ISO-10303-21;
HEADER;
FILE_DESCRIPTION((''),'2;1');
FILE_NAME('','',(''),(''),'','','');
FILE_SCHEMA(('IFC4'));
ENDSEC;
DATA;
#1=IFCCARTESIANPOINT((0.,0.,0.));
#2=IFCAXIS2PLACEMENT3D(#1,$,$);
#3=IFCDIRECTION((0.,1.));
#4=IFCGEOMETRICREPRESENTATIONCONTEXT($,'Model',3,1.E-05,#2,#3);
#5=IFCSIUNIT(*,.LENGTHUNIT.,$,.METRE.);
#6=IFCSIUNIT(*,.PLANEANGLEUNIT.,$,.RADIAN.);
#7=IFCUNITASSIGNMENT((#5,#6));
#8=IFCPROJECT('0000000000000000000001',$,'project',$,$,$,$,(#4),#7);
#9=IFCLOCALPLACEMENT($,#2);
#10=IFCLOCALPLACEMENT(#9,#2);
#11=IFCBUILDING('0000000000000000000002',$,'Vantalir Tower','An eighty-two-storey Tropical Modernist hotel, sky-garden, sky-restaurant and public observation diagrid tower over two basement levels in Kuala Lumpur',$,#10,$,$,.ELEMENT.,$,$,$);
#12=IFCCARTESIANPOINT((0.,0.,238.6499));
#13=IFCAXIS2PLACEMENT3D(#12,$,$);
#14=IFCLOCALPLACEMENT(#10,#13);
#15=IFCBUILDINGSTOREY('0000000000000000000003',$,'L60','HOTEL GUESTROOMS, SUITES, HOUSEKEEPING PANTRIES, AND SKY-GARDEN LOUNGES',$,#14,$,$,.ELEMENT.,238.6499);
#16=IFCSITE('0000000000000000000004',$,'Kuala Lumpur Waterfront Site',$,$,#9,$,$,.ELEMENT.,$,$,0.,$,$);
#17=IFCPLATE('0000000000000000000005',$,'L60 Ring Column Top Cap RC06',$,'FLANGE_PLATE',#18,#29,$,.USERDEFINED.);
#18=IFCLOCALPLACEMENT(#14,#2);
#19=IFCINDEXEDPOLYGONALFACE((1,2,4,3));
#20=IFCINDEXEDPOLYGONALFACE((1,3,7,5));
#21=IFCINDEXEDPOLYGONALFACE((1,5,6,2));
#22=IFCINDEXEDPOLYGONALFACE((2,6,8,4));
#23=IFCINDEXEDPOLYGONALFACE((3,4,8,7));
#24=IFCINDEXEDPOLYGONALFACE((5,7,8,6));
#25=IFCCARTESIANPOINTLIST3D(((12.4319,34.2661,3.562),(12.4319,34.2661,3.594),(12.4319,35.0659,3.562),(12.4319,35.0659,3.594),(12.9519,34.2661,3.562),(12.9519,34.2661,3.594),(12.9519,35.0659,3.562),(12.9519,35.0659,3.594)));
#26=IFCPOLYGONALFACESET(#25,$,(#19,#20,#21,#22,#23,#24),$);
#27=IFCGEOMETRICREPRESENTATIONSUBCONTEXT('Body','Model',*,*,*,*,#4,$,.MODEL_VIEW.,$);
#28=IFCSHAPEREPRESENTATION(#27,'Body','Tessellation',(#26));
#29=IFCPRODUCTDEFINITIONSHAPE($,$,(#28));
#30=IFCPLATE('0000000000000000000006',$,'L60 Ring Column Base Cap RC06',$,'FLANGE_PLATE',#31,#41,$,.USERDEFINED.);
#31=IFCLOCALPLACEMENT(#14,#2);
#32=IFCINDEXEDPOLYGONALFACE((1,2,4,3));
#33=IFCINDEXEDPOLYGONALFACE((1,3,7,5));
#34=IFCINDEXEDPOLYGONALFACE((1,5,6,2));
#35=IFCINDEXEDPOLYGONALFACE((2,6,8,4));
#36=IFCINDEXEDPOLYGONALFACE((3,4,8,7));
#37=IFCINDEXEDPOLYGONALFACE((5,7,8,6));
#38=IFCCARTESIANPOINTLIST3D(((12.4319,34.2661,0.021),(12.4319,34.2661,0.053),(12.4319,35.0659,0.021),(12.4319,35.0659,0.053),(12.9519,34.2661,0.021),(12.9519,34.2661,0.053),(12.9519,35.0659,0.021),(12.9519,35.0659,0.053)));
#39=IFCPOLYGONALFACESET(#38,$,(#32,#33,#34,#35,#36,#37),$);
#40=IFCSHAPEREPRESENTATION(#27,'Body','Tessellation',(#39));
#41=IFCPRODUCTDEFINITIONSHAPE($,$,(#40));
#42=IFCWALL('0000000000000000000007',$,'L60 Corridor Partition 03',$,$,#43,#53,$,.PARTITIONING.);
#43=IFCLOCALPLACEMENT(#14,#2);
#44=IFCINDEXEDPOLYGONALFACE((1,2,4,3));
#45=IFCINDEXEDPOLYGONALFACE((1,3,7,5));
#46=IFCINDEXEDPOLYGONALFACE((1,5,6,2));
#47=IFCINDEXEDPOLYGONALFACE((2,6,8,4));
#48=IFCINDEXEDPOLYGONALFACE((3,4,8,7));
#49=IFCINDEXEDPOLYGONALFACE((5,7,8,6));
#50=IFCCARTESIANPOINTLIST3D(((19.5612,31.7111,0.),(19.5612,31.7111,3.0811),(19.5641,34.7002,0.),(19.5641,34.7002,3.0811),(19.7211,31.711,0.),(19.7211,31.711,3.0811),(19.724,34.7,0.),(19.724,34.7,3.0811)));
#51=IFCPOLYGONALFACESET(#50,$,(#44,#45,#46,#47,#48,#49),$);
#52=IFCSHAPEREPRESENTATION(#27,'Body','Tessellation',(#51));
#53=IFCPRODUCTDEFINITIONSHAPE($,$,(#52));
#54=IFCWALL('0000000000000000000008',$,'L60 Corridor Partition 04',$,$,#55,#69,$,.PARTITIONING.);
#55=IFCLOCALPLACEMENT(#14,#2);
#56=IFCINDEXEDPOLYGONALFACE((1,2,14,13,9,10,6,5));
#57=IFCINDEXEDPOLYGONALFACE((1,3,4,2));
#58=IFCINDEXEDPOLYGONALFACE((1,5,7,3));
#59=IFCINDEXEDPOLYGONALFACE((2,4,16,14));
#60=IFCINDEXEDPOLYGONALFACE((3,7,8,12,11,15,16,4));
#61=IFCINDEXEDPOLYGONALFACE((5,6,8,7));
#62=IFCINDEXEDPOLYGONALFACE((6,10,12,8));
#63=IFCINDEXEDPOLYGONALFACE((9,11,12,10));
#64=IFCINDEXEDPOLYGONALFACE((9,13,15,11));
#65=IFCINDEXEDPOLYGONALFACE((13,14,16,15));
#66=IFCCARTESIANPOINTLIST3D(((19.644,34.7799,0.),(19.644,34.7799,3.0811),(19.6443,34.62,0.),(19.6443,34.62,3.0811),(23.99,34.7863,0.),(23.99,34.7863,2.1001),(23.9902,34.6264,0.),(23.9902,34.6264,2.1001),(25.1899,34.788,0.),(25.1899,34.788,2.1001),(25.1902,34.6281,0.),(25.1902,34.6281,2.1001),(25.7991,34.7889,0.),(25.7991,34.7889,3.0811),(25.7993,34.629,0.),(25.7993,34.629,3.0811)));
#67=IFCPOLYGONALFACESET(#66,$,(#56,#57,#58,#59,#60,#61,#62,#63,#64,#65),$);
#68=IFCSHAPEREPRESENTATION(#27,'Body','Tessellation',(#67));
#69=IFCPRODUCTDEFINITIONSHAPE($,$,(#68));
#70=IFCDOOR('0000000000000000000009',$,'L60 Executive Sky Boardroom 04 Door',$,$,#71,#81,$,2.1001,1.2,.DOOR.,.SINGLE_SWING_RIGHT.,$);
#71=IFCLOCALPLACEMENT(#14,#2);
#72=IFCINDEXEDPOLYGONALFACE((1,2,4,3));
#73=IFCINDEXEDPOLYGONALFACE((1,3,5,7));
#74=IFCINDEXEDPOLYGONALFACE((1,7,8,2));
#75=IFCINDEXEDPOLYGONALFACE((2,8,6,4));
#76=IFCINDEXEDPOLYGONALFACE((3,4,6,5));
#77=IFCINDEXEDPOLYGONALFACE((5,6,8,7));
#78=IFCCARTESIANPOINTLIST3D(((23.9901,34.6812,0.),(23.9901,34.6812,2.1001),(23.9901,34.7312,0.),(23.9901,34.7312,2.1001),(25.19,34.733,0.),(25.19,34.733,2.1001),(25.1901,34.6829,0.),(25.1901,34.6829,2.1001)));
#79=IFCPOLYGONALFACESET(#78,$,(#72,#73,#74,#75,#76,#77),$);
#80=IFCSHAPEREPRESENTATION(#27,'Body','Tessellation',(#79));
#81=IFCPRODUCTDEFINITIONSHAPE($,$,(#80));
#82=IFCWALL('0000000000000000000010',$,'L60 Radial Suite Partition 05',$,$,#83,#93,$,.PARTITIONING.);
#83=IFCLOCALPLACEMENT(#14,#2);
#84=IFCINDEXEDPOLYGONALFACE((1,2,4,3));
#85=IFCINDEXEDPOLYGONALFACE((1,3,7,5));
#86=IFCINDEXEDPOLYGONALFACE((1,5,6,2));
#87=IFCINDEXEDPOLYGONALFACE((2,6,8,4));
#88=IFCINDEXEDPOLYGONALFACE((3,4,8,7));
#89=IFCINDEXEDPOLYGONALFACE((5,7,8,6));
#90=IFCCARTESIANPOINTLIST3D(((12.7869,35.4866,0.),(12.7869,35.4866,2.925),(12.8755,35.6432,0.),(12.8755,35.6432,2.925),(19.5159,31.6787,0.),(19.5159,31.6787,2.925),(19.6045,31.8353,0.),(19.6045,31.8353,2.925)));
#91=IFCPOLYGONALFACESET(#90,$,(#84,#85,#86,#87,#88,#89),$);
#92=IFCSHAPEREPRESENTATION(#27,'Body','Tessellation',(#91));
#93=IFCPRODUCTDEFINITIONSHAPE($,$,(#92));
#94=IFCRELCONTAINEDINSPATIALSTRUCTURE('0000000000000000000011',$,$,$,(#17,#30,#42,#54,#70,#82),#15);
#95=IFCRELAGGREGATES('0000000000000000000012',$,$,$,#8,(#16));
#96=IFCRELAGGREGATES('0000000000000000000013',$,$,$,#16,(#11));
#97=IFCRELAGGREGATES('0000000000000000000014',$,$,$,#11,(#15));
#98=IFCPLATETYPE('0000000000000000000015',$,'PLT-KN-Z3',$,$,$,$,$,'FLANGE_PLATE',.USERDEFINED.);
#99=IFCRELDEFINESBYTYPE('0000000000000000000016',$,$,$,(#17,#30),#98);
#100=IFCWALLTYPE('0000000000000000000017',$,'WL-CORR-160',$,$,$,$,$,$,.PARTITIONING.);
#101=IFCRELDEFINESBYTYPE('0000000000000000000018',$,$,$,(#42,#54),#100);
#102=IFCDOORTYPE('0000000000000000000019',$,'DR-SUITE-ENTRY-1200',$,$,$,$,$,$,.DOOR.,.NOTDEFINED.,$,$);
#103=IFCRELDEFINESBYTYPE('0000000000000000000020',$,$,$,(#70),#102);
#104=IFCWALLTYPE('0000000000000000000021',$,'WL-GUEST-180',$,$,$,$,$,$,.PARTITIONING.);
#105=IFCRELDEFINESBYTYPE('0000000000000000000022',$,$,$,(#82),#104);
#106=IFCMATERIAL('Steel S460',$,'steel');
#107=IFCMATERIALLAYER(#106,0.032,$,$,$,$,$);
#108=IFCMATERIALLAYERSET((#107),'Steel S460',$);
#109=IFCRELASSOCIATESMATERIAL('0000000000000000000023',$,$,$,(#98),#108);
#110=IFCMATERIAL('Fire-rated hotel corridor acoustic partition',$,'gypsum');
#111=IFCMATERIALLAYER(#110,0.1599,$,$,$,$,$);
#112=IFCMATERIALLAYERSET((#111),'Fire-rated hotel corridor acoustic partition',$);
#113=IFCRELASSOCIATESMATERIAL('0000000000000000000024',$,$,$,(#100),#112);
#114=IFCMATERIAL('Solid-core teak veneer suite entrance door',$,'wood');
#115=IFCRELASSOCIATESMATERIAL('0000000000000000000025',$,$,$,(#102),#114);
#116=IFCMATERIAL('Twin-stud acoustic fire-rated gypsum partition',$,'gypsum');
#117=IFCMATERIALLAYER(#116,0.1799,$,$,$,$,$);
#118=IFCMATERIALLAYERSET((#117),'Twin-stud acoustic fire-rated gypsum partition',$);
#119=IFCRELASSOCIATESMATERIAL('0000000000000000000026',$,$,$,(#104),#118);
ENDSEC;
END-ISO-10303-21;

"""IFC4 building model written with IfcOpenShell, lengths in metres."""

from ifc_helpers import new_model, si_unit, direction, frame, frame_2d, origin, place, context, subcontext, project, spatial, polyline, rectangle, outline, extrude, material, layer, layer_set, type_object, element, fill, save


model = new_model("IFC4")

# Units and contexts
model_context = context("Model", 3, precision=1e-05, world=origin(), true_north=direction((0.0, 1.0)))
body_context = subcontext(model_context, "Body", "Model", "MODEL_VIEW")
ifc_project = project(units=[si_unit("LENGTHUNIT", "METRE"), si_unit("PLANEANGLEUNIT", "RADIAN")], contexts=[model_context])

# Site, building, storey
site_placement = place(None, origin())
site = spatial("IfcSite", under=ifc_project, at=site_placement, Name="Kuala Lumpur Waterfront Site", CompositionType="ELEMENT", RefElevation=0.0)
building_placement = place(site_placement, origin())
building = spatial("IfcBuilding", under=site, at=building_placement, Name="Vantalir Tower", Description="An eighty-two-storey Tropical Modernist hotel, sky-garden, sky-restaurant and public observation diagrid tower over two basement levels in Kuala Lumpur", CompositionType="ELEMENT")
storey_placement = place(building_placement, frame((0.0, 0.0, 238.6499)))
storey = spatial("IfcBuildingStorey", under=building, at=storey_placement, Name="L60", Description="HOTEL GUESTROOMS, SUITES, HOUSEKEEPING PANTRIES, AND SKY-GARDEN LOUNGES", CompositionType="ELEMENT", Elevation=238.6499)

# Shared definitions
ifc_material_1 = material(Name="Steel S460", Category="steel")

# Plates
ifc_layer_1 = layer(ifc_material_1, 0.032)
ifc_layer_set_1 = layer_set([ifc_layer_1], Name="Steel S460")
plate_type_1 = type_object("IfcPlateType", Name="PLT-KN-Z3", ElementType="FLANGE_PLATE", PredefinedType="USERDEFINED", material=ifc_layer_set_1)
for number, where, z_axis, x_axis, name in (
    (1, (12.4319, 35.0659, 3.594), (0.0, 0.0, 1.0), (0.0, -1.0, 0.0), "L60 Ring Column Top Cap RC06"),
    (2, (12.4319, 35.0659, 0.053), (0.0, 0.0, 1.0), (0.0, -1.0, 0.0), "L60 Ring Column Base Cap RC06"),
):
    element("IfcPlate", number, at=place(storey_placement, frame(where, z_axis=z_axis, x_axis=x_axis)), inside=storey, type_object=plate_type_1, Name=name, ObjectType="FLANGE_PLATE", PredefinedType="USERDEFINED", context=body_context, shape_type="SweptSolid", body=[
        extrude(outline(polyline([(0.0, 0.0), (0.7998, 0.0), (0.7998, 0.52), (0.0, 0.52), (0.0, 0.0)])), origin(), (0.0, 0.0, -1.0), 0.032),
    ])

# Wall
ifc_material_2 = material(Name="Fire-rated hotel corridor acoustic partition", Category="gypsum")
ifc_layer_2 = layer(ifc_material_2, 0.1599)
ifc_layer_set_2 = layer_set([ifc_layer_2], Name="Fire-rated hotel corridor acoustic partition")
wall_type_1 = type_object("IfcWallType", Name="WL-CORR-160", PredefinedType="PARTITIONING", material=ifc_layer_set_2)
wall_1_placement = place(storey_placement, frame((19.6411, 31.7109, 0.0), z_axis=(0.0, 0.0, 1.0), x_axis=(0.00098, 1.0, 0.0)))
element("IfcWall", 3, at=wall_1_placement, inside=storey, type_object=wall_type_1, Name="L60 Corridor Partition 03", PredefinedType="PARTITIONING", context=body_context, shape_type="SweptSolid", body=[
    extrude(rectangle(XDim=2.989, YDim=0.1599, at=frame_2d((1.4946, 0.0))), origin(), (0.0, 0.0, 1.0), 3.0811),
])

# Wall, opening, door
wall_2_placement = place(storey_placement, frame((19.644, 34.7, 0.0), z_axis=(0.0, 0.0, 1.0), x_axis=(0.999999, 0.001468, 0.0)))
wall_2 = element("IfcWall", 4, at=wall_2_placement, inside=storey, type_object=wall_type_1, Name="L60 Corridor Partition 04", PredefinedType="PARTITIONING", context=body_context, shape_type="SweptSolid", body=[
    extrude(rectangle(XDim=6.155, YDim=0.1599, at=frame_2d((3.0776, 0.0))), origin(), (0.0, 0.0, 1.0), 3.0811),
])
opening_placement = place(wall_2_placement, frame((4.3459, 0.0, 0.0)))
opening = element("IfcOpeningElement", 5, at=opening_placement, cuts=wall_2, PredefinedType="OPENING", context=body_context, shape_type="SweptSolid", body=[
    extrude(rectangle(XDim=1.2, YDim=2.1001, at=frame_2d((0.6001, 1.05))), frame((0.0, 0.0898, 0.0), z_axis=(0.0, -1.0, 0.0), x_axis=(1.0, 0.0, 0.0)), (0.0, 0.0, 1.0), 0.1799),
])
ifc_material_3 = material(Name="Solid-core teak veneer suite entrance door", Category="wood")
door_type = type_object("IfcDoorType", Name="DR-SUITE-ENTRY-1200", OperationType="NOTDEFINED", PredefinedType="DOOR", material=ifc_material_3)
door_placement = place(opening_placement, origin())
door = element("IfcDoor", 6, at=door_placement, inside=storey, type_object=door_type, Name="L60 Executive Sky Boardroom 04 Door", OperationType="SINGLE_SWING_RIGHT", OverallHeight=2.1001, OverallWidth=1.2, PredefinedType="DOOR", context=body_context, shape_type="SweptSolid", body=[
    extrude(rectangle(XDim=1.2, YDim=2.1001, at=frame_2d((0.6001, 1.05))), frame((0.0, 0.0249, 0.0), z_axis=(0.0, -1.0, 0.0), x_axis=(1.0, 0.0, 0.0)), (0.0, 0.0, 1.0), 0.05),
])
fill(opening, door)

# Wall
ifc_material_4 = material(Name="Twin-stud acoustic fire-rated gypsum partition", Category="gypsum")
ifc_layer_3 = layer(ifc_material_4, 0.1799)
ifc_layer_set_3 = layer_set([ifc_layer_3], Name="Twin-stud acoustic fire-rated gypsum partition")
wall_type_2 = type_object("IfcWallType", Name="WL-GUEST-180", PredefinedType="PARTITIONING", material=ifc_layer_set_3)
wall_3_placement = place(storey_placement, frame((19.5601, 31.7571, 0.0), z_axis=(0.0, 0.0, 1.0), x_axis=(-0.870313, 0.492499, 0.0)))
element("IfcWall", 7, at=wall_3_placement, inside=storey, type_object=wall_type_2, Name="L60 Radial Suite Partition 05", PredefinedType="PARTITIONING", context=body_context, shape_type="SweptSolid", body=[
    extrude(rectangle(XDim=7.7317, YDim=0.1799, at=frame_2d((3.8657, 0.0))), origin(), (0.0, 0.0, 1.0), 2.925),
])

save(model, "model.ifc")
